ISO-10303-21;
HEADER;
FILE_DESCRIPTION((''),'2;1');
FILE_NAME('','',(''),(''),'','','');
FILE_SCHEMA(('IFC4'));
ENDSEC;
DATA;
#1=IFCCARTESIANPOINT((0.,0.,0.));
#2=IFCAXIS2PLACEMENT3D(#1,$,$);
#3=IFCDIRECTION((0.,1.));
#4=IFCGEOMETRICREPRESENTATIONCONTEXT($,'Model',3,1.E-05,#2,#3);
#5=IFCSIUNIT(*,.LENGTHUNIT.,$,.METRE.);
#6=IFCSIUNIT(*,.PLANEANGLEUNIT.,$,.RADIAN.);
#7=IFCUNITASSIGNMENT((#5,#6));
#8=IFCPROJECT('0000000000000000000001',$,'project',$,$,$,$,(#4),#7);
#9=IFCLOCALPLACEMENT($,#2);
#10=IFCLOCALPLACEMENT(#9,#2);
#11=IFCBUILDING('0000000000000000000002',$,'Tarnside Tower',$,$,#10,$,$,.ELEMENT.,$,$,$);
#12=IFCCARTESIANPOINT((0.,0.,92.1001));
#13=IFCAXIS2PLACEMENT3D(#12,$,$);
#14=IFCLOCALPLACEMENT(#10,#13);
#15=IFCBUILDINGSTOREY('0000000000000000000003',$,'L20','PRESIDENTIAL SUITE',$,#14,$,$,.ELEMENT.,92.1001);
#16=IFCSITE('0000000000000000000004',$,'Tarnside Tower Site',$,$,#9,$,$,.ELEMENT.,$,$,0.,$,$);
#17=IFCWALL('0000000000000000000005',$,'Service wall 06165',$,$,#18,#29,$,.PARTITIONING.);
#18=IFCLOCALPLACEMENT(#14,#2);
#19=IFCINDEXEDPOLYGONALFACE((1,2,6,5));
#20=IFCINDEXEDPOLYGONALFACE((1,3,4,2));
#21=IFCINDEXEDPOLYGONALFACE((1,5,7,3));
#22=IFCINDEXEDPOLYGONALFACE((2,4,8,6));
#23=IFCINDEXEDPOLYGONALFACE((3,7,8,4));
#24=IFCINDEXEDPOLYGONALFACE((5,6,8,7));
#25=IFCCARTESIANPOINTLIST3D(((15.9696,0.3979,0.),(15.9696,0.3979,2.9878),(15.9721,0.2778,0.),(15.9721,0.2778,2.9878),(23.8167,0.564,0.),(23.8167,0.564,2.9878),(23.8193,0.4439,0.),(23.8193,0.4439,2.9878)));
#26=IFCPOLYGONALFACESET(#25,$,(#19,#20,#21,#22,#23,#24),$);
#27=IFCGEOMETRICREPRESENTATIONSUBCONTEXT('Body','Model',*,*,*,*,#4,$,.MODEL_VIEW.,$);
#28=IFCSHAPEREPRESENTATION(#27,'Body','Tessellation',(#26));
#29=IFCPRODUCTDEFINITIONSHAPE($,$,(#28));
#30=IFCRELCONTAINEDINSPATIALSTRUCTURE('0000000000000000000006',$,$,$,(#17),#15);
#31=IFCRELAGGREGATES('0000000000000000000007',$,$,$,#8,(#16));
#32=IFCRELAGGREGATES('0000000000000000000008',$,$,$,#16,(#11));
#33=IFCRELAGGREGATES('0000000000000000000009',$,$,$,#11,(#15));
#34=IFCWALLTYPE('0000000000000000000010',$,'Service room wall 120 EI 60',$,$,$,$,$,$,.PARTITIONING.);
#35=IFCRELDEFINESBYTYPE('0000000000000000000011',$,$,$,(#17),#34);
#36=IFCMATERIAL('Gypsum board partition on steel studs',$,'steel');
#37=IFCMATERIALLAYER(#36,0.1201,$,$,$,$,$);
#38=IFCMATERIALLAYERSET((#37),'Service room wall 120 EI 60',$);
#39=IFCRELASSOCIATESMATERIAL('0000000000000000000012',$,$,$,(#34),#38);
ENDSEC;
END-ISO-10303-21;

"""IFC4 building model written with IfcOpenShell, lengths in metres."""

from ifc_helpers import new_model, si_unit, direction, frame, frame_2d, origin, place, context, subcontext, project, spatial, rectangle, extrude, material, layer, layer_set, type_object, element, save


model = new_model("IFC4")

# Units and contexts
model_context = context("Model", 3, precision=1e-05, world=origin(), true_north=direction((0.0, 1.0)))
body_context = subcontext(model_context, "Body", "Model", "MODEL_VIEW")
ifc_project = project(units=[si_unit("LENGTHUNIT", "METRE"), si_unit("PLANEANGLEUNIT", "RADIAN")], contexts=[model_context])

# Site, building, storey
site_placement = place(None, origin())
site = spatial("IfcSite", under=ifc_project, at=site_placement, Name="Tarnside Tower Site", CompositionType="ELEMENT", RefElevation=0.0)
building_placement = place(site_placement, origin())
building = spatial("IfcBuilding", under=site, at=building_placement, Name="Tarnside Tower", CompositionType="ELEMENT")
storey_placement = place(building_placement, frame((0.0, 0.0, 92.1001)))
storey = spatial("IfcBuildingStorey", under=building, at=storey_placement, Name="L20", Description="PRESIDENTIAL SUITE", CompositionType="ELEMENT", Elevation=92.1001)

# Shared definitions
ifc_material_1 = material(Name="Gypsum board partition on steel studs", Category="steel")

# Wall
ifc_layer_1 = layer(ifc_material_1, 0.1201)
ifc_layer_set_1 = layer_set([ifc_layer_1], Name="Service room wall 120 EI 60")
wall_type_1 = type_object("IfcWallType", Name="Service room wall 120 EI 60", PredefinedType="PARTITIONING", material=ifc_layer_set_1)
wall_1_placement = place(storey_placement, frame((23.8179, 0.5039, 0.0), z_axis=(0.0, 0.0, 1.0), x_axis=(-0.999776, -0.021151, 0.0)))
element("IfcWall", 1, at=wall_1_placement, inside=storey, type_object=wall_type_1, Name="Service wall 06165", PredefinedType="PARTITIONING", context=body_context, shape_type="SweptSolid", body=[
    extrude(rectangle(XDim=7.8489, YDim=0.1201, at=frame_2d((3.9243, 0.0))), origin(), (0.0, 0.0, 1.0), 2.9878),
])

save(model, "model.ifc")
